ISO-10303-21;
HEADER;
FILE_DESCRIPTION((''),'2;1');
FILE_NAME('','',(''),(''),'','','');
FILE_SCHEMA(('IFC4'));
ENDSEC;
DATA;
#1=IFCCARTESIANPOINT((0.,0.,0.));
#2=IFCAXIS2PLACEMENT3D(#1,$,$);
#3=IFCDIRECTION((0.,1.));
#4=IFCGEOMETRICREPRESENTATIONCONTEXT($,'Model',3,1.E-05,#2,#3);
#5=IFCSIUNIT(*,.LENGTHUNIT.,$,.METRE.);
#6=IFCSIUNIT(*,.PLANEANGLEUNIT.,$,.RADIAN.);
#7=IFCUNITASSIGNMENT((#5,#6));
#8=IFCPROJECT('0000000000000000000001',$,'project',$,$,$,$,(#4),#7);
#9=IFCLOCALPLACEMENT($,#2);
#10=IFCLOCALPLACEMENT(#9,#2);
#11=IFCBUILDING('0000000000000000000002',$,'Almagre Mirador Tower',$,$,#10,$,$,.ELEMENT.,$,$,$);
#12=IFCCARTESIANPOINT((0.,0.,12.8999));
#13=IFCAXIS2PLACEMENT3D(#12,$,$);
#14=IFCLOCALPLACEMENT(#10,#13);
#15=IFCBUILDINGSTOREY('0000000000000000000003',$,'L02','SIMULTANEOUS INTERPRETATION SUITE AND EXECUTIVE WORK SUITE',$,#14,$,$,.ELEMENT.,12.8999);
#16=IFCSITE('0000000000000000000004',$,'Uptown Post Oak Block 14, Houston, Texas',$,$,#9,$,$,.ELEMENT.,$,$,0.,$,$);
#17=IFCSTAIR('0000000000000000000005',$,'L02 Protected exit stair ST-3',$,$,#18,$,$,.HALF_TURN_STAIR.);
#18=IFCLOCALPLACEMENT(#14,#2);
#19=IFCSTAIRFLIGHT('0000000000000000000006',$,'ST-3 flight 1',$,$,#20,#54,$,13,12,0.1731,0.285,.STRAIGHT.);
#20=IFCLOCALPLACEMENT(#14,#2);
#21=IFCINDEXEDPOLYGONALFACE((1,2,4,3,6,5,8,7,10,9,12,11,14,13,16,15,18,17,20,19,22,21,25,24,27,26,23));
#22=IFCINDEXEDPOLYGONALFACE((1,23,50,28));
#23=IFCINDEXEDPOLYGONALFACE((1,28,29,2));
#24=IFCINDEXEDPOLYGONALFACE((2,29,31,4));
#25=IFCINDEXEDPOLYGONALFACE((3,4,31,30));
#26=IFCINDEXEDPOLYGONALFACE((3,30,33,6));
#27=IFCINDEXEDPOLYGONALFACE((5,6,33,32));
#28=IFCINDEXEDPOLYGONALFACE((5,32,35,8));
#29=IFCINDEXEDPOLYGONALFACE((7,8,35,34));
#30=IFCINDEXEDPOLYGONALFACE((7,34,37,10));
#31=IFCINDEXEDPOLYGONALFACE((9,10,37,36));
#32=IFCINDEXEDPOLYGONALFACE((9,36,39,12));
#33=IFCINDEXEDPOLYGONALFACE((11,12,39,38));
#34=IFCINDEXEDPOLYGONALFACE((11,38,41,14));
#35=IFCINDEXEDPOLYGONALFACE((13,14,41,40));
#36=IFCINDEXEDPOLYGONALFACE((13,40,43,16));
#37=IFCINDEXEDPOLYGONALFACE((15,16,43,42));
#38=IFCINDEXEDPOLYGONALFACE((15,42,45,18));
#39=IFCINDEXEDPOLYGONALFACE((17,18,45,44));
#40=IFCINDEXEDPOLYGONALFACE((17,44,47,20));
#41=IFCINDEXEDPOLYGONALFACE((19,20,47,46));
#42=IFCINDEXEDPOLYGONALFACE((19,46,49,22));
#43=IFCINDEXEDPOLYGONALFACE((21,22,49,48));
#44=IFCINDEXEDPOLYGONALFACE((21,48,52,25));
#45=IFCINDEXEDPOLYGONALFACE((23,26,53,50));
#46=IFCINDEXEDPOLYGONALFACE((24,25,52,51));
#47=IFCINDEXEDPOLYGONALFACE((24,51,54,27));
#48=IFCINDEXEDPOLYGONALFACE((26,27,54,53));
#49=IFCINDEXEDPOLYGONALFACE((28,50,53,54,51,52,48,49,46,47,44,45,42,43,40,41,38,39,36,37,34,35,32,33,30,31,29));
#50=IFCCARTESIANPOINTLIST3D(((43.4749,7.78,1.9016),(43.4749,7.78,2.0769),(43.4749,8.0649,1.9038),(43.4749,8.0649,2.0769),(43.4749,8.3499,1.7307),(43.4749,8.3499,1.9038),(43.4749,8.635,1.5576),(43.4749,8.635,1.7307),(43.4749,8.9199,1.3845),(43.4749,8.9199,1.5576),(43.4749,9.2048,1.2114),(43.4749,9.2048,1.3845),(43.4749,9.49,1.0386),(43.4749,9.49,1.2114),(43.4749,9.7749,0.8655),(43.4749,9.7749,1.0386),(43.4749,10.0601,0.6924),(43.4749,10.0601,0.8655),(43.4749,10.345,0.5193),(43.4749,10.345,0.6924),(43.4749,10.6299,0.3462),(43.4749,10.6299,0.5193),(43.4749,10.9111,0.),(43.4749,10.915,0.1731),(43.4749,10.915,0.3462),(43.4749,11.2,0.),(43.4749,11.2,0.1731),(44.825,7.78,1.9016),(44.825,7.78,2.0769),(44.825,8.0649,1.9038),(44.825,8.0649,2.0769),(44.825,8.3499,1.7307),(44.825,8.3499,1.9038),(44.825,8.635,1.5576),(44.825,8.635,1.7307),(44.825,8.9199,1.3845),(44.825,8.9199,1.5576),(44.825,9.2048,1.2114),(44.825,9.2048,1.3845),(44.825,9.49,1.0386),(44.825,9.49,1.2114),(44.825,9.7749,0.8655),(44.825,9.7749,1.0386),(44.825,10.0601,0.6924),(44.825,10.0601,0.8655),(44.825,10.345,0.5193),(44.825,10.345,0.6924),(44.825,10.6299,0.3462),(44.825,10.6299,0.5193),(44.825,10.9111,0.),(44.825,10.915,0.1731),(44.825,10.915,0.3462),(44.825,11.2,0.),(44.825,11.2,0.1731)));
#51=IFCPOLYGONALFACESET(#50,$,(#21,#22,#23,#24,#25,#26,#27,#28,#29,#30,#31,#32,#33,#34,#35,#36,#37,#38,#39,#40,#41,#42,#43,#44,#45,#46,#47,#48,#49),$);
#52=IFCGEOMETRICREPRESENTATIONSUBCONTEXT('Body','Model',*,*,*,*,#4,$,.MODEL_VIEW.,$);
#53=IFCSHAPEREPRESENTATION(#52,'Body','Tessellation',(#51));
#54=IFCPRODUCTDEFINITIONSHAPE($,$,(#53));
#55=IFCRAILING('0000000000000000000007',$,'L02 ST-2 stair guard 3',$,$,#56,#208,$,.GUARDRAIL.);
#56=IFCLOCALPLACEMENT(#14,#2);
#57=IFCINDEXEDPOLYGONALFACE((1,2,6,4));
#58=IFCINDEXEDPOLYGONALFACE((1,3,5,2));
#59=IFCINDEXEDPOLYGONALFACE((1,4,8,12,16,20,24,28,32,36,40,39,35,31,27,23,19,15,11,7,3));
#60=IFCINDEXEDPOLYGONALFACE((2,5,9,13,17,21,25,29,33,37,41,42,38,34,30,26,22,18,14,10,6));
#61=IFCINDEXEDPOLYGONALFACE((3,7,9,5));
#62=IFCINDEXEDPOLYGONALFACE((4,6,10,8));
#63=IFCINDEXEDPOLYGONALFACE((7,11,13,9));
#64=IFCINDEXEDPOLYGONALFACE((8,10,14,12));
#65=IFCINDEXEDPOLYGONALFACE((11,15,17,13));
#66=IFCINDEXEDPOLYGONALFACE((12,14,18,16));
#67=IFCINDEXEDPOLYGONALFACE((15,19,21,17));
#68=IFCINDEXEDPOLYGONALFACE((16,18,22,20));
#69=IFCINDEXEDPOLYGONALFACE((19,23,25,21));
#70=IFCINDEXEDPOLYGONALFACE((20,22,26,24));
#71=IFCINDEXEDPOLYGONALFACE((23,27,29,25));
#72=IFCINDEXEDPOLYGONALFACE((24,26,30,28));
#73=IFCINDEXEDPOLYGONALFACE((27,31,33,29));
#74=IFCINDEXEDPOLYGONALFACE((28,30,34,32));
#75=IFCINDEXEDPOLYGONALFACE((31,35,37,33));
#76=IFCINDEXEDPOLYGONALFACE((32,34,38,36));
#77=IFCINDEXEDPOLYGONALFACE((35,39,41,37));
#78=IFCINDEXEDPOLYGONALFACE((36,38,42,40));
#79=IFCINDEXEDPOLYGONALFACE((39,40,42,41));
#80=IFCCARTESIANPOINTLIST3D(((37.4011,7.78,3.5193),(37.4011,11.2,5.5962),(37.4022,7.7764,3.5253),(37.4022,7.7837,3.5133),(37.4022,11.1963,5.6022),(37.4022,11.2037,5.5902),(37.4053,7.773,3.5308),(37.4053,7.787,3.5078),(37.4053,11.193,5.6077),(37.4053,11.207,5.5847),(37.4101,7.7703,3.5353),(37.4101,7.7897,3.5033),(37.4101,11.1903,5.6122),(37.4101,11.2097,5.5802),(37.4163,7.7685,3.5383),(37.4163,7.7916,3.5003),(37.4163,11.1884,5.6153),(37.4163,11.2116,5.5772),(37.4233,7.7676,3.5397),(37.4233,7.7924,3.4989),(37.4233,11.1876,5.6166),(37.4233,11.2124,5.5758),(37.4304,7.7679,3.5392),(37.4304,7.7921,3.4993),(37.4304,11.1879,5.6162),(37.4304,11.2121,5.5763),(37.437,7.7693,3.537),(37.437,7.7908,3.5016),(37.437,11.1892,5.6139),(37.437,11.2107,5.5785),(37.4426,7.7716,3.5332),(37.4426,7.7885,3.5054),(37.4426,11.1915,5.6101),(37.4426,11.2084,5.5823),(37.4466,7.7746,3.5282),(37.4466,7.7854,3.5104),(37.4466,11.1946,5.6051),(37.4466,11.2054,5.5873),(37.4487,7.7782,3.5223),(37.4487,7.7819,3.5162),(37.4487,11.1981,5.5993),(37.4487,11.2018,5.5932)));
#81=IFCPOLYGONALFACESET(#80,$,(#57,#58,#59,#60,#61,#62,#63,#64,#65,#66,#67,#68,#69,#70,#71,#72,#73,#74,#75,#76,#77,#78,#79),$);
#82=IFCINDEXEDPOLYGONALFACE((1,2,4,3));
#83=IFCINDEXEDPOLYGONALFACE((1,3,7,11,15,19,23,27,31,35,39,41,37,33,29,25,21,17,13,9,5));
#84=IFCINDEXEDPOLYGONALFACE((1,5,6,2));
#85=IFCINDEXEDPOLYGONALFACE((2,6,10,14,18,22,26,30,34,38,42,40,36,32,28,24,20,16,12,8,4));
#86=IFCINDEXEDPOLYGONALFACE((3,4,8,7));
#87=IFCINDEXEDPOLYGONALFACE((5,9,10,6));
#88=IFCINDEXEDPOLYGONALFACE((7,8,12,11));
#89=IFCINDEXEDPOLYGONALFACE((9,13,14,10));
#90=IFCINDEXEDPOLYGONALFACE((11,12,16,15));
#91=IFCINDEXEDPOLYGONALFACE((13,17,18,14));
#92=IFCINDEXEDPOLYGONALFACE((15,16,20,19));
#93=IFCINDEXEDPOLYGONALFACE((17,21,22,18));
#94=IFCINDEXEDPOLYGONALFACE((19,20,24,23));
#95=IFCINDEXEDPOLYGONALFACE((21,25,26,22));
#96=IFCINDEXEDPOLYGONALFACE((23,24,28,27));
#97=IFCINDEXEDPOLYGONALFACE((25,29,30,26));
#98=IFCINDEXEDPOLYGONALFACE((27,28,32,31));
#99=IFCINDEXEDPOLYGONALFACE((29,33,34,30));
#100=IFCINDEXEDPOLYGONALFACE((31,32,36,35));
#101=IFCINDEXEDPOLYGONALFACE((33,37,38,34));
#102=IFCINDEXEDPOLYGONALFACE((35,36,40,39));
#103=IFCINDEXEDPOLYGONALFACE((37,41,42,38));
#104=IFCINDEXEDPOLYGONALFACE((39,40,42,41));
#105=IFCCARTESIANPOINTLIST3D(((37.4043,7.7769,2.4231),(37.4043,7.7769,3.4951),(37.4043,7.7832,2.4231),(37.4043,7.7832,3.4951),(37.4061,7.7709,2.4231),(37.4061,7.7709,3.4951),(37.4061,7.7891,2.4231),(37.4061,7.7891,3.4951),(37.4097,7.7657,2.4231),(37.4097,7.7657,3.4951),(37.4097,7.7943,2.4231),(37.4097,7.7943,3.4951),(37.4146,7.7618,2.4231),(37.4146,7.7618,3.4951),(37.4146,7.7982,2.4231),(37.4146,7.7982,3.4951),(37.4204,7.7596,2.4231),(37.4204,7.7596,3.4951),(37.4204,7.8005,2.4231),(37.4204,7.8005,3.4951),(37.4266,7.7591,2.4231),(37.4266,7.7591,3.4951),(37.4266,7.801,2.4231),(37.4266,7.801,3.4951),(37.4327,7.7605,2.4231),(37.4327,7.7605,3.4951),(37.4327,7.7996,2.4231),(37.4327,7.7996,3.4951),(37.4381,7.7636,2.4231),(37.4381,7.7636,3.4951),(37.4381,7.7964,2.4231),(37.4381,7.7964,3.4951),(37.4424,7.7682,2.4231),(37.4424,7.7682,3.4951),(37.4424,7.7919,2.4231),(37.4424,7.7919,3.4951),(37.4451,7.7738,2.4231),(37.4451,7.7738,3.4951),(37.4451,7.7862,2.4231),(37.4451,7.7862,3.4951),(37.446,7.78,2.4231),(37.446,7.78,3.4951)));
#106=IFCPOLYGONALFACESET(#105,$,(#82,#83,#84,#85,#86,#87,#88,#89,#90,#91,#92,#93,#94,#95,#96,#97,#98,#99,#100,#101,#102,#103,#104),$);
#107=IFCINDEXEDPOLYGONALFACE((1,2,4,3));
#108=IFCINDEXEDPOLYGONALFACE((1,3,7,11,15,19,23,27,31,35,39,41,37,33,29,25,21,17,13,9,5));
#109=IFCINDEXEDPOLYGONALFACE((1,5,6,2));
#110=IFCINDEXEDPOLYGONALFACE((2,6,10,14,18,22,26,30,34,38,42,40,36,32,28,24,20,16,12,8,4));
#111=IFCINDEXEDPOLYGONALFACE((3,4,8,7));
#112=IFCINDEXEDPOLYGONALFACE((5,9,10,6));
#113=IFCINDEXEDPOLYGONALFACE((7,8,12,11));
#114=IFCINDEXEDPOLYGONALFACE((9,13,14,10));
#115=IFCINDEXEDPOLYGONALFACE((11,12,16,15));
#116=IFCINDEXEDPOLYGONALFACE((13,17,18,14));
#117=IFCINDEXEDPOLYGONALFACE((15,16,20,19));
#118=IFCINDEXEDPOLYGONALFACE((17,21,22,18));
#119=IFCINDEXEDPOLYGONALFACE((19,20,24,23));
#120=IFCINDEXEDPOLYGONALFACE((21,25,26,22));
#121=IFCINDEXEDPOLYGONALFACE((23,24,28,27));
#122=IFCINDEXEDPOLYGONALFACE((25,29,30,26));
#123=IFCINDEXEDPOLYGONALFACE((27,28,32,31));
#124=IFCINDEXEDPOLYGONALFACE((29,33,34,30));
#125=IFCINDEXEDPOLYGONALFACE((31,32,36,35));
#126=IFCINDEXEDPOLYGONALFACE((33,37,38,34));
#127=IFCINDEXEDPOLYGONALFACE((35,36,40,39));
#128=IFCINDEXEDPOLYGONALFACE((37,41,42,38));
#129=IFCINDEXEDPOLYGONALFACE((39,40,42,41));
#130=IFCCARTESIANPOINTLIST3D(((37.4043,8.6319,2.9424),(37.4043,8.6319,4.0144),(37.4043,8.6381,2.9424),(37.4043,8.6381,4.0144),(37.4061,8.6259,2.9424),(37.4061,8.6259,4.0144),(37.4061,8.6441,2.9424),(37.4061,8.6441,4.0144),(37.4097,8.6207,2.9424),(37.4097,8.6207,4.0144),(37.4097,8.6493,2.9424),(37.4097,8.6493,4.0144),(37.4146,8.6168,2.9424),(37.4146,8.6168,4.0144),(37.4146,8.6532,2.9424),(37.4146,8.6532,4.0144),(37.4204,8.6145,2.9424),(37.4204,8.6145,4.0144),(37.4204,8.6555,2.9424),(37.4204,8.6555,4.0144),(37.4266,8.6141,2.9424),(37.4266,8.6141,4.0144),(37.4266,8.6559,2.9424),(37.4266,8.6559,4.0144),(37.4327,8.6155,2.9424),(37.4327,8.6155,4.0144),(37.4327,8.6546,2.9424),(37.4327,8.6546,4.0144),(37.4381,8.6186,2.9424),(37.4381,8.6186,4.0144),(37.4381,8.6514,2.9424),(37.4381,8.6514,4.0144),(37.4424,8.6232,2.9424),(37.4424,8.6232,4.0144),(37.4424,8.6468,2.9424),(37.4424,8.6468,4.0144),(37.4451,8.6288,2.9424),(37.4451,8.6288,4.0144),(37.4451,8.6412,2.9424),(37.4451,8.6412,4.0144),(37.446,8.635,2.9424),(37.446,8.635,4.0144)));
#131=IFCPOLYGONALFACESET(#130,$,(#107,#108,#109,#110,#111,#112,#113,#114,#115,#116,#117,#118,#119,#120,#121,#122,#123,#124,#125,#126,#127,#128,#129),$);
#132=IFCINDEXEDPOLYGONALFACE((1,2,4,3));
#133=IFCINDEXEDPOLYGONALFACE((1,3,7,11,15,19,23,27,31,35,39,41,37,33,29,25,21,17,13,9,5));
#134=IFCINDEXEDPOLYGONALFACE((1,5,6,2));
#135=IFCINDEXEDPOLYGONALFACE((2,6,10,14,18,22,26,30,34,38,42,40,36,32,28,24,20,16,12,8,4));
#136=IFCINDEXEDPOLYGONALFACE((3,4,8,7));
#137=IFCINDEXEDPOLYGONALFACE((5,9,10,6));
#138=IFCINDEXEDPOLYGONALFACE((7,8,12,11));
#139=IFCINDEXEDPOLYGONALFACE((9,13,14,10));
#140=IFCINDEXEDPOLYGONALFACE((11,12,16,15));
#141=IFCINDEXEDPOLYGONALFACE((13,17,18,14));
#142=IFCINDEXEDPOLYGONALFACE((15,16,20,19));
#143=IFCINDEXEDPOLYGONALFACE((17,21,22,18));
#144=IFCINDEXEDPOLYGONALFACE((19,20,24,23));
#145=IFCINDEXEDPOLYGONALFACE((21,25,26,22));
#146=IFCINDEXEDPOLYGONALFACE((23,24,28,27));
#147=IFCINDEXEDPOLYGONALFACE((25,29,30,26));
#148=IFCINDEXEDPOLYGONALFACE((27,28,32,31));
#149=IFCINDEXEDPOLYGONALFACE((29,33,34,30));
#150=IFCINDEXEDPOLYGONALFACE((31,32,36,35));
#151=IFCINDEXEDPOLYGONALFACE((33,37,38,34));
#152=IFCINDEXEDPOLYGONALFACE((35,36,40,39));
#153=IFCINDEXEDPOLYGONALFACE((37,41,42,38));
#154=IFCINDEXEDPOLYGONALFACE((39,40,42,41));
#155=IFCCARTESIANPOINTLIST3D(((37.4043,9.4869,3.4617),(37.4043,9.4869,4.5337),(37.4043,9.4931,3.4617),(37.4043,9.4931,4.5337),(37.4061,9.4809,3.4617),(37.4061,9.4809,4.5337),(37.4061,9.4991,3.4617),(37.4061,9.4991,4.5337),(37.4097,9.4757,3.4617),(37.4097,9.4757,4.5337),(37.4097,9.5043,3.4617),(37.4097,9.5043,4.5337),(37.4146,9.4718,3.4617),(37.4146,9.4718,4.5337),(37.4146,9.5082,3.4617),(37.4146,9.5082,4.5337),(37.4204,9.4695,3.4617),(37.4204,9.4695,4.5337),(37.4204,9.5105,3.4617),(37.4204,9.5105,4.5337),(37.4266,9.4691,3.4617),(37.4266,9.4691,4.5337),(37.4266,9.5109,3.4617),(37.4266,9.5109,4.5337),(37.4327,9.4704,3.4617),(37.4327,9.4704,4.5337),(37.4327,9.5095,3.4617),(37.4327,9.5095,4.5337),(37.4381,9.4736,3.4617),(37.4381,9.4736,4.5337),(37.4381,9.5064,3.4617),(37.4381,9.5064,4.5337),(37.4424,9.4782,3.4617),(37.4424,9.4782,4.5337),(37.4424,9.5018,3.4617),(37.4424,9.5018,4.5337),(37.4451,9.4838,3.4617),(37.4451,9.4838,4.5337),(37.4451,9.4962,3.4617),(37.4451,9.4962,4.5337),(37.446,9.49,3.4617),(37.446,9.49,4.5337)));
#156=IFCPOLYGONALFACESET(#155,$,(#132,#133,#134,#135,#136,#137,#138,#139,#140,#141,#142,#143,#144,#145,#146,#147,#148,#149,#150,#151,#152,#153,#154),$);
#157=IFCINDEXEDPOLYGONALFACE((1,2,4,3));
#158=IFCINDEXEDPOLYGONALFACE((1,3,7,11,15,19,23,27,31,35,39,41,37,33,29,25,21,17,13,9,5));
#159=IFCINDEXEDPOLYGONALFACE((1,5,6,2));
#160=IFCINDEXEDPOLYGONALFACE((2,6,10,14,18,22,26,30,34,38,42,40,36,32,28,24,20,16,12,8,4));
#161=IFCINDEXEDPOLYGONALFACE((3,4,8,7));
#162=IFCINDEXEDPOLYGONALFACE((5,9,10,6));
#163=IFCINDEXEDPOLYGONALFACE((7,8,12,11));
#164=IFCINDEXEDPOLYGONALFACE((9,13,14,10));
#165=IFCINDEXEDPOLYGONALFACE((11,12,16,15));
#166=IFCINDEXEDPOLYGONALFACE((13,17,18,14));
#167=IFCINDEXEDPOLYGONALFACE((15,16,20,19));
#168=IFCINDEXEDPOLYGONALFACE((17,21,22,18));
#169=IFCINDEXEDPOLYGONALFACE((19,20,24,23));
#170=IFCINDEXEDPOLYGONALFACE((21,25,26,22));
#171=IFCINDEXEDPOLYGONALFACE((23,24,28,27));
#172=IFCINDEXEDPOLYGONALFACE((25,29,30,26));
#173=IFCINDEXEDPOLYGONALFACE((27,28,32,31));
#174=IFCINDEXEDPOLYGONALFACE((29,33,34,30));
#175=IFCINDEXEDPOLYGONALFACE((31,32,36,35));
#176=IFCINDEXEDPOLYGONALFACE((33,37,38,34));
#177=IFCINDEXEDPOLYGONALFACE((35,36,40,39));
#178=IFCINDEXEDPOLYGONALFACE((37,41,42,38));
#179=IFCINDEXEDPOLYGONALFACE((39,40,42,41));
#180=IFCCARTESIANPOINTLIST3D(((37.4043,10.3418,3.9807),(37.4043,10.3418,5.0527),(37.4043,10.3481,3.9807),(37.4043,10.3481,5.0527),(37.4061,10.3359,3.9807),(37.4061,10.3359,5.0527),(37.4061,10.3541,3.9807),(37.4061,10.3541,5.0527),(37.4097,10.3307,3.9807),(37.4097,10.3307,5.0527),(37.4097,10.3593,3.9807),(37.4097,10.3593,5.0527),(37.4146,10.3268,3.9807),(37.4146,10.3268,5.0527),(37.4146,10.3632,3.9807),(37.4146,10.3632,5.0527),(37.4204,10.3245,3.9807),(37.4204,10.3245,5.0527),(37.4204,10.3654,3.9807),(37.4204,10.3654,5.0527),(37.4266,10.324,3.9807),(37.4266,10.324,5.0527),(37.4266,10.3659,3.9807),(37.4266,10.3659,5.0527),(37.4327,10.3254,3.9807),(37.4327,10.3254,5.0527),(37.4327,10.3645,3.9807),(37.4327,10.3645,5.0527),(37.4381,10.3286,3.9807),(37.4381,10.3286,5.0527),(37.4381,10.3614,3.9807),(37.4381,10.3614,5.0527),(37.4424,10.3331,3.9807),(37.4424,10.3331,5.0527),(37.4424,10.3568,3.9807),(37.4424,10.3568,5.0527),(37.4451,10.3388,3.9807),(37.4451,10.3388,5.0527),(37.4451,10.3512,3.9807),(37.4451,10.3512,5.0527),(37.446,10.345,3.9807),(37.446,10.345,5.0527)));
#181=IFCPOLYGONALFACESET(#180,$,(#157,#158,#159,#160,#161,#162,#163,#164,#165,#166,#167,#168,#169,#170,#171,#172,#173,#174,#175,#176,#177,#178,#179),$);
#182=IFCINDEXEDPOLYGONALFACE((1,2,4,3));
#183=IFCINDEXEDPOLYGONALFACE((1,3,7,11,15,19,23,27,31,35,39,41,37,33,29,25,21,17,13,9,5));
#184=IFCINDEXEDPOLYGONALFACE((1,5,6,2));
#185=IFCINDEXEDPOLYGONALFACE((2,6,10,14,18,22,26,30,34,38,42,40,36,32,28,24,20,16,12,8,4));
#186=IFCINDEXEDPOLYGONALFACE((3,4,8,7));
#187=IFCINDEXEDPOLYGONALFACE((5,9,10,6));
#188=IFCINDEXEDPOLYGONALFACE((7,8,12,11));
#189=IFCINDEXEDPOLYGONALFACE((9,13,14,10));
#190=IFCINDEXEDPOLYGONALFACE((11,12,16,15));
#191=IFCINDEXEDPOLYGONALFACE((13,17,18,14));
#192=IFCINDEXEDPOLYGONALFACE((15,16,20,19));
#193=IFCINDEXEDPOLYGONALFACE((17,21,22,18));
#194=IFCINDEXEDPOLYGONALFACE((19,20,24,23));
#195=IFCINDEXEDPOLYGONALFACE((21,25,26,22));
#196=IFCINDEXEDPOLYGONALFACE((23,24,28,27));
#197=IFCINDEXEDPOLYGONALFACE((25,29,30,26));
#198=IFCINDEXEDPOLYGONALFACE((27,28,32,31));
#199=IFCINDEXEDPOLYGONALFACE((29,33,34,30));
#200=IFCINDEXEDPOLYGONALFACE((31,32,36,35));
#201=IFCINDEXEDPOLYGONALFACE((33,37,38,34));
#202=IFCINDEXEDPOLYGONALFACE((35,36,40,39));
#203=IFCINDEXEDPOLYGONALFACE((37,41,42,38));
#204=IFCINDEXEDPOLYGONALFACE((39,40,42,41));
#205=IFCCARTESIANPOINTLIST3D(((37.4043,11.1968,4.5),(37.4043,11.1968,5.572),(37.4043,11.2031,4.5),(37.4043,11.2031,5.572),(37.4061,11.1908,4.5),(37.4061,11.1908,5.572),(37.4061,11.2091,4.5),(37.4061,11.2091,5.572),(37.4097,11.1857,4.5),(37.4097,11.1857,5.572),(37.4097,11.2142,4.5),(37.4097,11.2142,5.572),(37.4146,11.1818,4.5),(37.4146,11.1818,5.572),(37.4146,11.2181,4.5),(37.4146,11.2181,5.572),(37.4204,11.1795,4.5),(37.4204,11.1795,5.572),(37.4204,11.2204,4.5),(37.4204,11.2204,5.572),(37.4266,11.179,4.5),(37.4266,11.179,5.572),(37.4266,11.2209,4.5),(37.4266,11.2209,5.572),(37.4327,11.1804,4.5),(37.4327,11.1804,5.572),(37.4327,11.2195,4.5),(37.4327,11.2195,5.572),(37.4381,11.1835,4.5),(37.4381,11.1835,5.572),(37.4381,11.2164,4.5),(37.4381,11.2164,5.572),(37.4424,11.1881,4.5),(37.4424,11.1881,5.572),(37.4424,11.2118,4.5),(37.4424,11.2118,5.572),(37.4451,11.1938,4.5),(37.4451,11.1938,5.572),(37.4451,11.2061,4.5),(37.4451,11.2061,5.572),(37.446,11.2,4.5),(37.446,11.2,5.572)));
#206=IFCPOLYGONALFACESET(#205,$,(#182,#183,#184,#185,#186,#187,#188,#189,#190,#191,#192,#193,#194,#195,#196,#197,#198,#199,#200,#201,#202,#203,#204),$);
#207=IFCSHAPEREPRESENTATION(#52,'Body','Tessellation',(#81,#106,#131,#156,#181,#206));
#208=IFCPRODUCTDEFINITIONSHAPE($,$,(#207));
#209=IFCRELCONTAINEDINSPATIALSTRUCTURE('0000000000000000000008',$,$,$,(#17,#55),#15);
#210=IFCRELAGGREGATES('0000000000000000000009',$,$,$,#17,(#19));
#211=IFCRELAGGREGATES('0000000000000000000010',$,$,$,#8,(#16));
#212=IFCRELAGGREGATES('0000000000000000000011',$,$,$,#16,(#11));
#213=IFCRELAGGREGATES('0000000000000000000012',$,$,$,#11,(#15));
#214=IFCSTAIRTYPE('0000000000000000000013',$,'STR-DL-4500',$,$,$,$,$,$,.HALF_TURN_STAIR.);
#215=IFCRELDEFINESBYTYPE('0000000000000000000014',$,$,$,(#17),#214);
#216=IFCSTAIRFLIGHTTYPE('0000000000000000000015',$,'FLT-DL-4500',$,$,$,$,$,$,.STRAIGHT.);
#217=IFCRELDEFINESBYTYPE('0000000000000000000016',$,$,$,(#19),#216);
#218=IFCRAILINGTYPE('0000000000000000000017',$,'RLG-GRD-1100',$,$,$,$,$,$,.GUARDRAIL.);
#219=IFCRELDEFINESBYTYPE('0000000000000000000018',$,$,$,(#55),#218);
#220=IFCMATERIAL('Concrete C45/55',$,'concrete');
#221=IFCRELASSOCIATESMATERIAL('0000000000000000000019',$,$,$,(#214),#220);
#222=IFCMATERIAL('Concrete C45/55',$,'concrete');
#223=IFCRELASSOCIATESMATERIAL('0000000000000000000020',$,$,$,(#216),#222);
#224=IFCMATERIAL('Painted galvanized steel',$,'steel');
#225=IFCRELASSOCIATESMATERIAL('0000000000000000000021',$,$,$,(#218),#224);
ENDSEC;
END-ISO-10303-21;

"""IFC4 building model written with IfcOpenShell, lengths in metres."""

from ifc_helpers import new_model, si_unit, direction, frame, origin, origin_2d, place, context, subcontext, project, spatial, polyline, circle, outline, extrude, material, type_object, element, aggregate, save


model = new_model("IFC4")

# Units and contexts
model_context = context("Model", 3, precision=1e-05, world=origin(), true_north=direction((0.0, 1.0)))
body_context = subcontext(model_context, "Body", "Model", "MODEL_VIEW")
ifc_project = project(units=[si_unit("LENGTHUNIT", "METRE"), si_unit("PLANEANGLEUNIT", "RADIAN")], contexts=[model_context])

# Site, building, storey
site_placement = place(None, origin())
site = spatial("IfcSite", under=ifc_project, at=site_placement, Name="Uptown Post Oak Block 14, Houston, Texas", CompositionType="ELEMENT", RefElevation=0.0)
building_placement = place(site_placement, origin())
building = spatial("IfcBuilding", under=site, at=building_placement, Name="Almagre Mirador Tower", CompositionType="ELEMENT")
storey_placement = place(building_placement, frame((0.0, 0.0, 12.8999)))
storey = spatial("IfcBuildingStorey", under=building, at=storey_placement, Name="L02", Description="SIMULTANEOUS INTERPRETATION SUITE AND EXECUTIVE WORK SUITE", CompositionType="ELEMENT", Elevation=12.8999)

# Stair, stair flight
ifc_material_1 = material(Name="Concrete C45/55", Category="concrete")
stair_type = type_object("IfcStairType", Name="STR-DL-4500", PredefinedType="HALF_TURN_STAIR", material=ifc_material_1)
ifc_material_2 = material(Name="Concrete C45/55", Category="concrete")
stair_flight_type = type_object("IfcStairFlightType", Name="FLT-DL-4500", PredefinedType="STRAIGHT", material=ifc_material_2)
stair_1_placement = place(storey_placement, origin())
stair_1 = element("IfcStair", 1, at=stair_1_placement, inside=storey, type_object=stair_type, Name="L02 Protected exit stair ST-3", PredefinedType="HALF_TURN_STAIR")
stair_flight_1_placement = place(storey_placement, frame((44.1499, 11.2, 0.0), z_axis=(0.0, 0.0, 1.0), x_axis=(0.0, -1.0, 0.0)))
stair_flight_1 = element("IfcStairFlight", 2, at=stair_flight_1_placement, type_object=stair_flight_type, Name="ST-3 flight 1", NumberOfRisers=13, NumberOfTreads=12, PredefinedType="STRAIGHT", RiserHeight=0.1731, TreadLength=0.285, context=body_context, shape_type="SweptSolid", body=[
    extrude(outline(polyline([(0.0, 0.0), (0.0, 0.1731), (0.2849, 0.1731), (0.2849, 0.3462), (0.5701, 0.3462), (0.5701, 0.5193), (0.855, 0.5193), (0.855, 0.6924), (1.1399, 0.6924), (1.1399, 0.8655), (1.425, 0.8655), (1.425, 1.0386), (1.71, 1.0386), (1.71, 1.2114), (1.9951, 1.2114), (1.9951, 1.3845), (2.28, 1.3845), (2.28, 1.5576), (2.5649, 1.5576), (2.5649, 1.7307), (2.8501, 1.7307), (2.8501, 1.9038), (3.135, 1.9038), (3.135, 2.0769), (3.4199, 2.0769), (3.4199, 2.25), (3.4199, 1.9016), (0.2888, 0.0), (0.0, 0.0)])), frame((0.0, 0.675, 0.0), z_axis=(0.0, -1.0, 0.0), x_axis=(1.0, 0.0, 0.0)), (0.0, 0.0, 1.0), 1.3501),
])
aggregate(stair_1, [stair_flight_1])

# Railing
ifc_material_3 = material(Name="Painted galvanized steel", Category="steel")
railing_type_1 = type_object("IfcRailingType", Name="RLG-GRD-1100", PredefinedType="GUARDRAIL", material=ifc_material_3)
railing_1_placement = place(storey_placement, frame((37.425, 7.78, 2.4231)))
element("IfcRailing", 3, at=railing_1_placement, inside=storey, type_object=railing_type_1, Name="L02 ST-2 stair guard 3", PredefinedType="GUARDRAIL", context=body_context, shape_type="SweptSolid", body=[
    extrude(circle(Radius=0.0239, at=origin_2d()), frame((0.0, 0.0, 1.0962), z_axis=(0.0, 0.85473, 0.519074), x_axis=(-1.0, 0.0, 0.0)), (0.0, 0.0, 1.0), 4.0012),
    extrude(circle(Radius=0.021, at=origin_2d()), origin(), (0.0, 0.0, 1.0), 1.072),
    extrude(circle(Radius=0.021, at=origin_2d()), frame((0.0, 0.855, 0.5193)), (0.0, 0.0, 1.0), 1.072),
    extrude(circle(Radius=0.021, at=origin_2d()), frame((0.0, 1.71, 1.0386)), (0.0, 0.0, 1.0), 1.072),
    extrude(circle(Radius=0.021, at=origin_2d()), frame((0.0, 2.5649, 1.5576)), (0.0, 0.0, 1.0), 1.072),
    extrude(circle(Radius=0.021, at=origin_2d()), frame((0.0, 3.4199, 2.0769)), (0.0, 0.0, 1.0), 1.072),
])

save(model, "model.ifc")
